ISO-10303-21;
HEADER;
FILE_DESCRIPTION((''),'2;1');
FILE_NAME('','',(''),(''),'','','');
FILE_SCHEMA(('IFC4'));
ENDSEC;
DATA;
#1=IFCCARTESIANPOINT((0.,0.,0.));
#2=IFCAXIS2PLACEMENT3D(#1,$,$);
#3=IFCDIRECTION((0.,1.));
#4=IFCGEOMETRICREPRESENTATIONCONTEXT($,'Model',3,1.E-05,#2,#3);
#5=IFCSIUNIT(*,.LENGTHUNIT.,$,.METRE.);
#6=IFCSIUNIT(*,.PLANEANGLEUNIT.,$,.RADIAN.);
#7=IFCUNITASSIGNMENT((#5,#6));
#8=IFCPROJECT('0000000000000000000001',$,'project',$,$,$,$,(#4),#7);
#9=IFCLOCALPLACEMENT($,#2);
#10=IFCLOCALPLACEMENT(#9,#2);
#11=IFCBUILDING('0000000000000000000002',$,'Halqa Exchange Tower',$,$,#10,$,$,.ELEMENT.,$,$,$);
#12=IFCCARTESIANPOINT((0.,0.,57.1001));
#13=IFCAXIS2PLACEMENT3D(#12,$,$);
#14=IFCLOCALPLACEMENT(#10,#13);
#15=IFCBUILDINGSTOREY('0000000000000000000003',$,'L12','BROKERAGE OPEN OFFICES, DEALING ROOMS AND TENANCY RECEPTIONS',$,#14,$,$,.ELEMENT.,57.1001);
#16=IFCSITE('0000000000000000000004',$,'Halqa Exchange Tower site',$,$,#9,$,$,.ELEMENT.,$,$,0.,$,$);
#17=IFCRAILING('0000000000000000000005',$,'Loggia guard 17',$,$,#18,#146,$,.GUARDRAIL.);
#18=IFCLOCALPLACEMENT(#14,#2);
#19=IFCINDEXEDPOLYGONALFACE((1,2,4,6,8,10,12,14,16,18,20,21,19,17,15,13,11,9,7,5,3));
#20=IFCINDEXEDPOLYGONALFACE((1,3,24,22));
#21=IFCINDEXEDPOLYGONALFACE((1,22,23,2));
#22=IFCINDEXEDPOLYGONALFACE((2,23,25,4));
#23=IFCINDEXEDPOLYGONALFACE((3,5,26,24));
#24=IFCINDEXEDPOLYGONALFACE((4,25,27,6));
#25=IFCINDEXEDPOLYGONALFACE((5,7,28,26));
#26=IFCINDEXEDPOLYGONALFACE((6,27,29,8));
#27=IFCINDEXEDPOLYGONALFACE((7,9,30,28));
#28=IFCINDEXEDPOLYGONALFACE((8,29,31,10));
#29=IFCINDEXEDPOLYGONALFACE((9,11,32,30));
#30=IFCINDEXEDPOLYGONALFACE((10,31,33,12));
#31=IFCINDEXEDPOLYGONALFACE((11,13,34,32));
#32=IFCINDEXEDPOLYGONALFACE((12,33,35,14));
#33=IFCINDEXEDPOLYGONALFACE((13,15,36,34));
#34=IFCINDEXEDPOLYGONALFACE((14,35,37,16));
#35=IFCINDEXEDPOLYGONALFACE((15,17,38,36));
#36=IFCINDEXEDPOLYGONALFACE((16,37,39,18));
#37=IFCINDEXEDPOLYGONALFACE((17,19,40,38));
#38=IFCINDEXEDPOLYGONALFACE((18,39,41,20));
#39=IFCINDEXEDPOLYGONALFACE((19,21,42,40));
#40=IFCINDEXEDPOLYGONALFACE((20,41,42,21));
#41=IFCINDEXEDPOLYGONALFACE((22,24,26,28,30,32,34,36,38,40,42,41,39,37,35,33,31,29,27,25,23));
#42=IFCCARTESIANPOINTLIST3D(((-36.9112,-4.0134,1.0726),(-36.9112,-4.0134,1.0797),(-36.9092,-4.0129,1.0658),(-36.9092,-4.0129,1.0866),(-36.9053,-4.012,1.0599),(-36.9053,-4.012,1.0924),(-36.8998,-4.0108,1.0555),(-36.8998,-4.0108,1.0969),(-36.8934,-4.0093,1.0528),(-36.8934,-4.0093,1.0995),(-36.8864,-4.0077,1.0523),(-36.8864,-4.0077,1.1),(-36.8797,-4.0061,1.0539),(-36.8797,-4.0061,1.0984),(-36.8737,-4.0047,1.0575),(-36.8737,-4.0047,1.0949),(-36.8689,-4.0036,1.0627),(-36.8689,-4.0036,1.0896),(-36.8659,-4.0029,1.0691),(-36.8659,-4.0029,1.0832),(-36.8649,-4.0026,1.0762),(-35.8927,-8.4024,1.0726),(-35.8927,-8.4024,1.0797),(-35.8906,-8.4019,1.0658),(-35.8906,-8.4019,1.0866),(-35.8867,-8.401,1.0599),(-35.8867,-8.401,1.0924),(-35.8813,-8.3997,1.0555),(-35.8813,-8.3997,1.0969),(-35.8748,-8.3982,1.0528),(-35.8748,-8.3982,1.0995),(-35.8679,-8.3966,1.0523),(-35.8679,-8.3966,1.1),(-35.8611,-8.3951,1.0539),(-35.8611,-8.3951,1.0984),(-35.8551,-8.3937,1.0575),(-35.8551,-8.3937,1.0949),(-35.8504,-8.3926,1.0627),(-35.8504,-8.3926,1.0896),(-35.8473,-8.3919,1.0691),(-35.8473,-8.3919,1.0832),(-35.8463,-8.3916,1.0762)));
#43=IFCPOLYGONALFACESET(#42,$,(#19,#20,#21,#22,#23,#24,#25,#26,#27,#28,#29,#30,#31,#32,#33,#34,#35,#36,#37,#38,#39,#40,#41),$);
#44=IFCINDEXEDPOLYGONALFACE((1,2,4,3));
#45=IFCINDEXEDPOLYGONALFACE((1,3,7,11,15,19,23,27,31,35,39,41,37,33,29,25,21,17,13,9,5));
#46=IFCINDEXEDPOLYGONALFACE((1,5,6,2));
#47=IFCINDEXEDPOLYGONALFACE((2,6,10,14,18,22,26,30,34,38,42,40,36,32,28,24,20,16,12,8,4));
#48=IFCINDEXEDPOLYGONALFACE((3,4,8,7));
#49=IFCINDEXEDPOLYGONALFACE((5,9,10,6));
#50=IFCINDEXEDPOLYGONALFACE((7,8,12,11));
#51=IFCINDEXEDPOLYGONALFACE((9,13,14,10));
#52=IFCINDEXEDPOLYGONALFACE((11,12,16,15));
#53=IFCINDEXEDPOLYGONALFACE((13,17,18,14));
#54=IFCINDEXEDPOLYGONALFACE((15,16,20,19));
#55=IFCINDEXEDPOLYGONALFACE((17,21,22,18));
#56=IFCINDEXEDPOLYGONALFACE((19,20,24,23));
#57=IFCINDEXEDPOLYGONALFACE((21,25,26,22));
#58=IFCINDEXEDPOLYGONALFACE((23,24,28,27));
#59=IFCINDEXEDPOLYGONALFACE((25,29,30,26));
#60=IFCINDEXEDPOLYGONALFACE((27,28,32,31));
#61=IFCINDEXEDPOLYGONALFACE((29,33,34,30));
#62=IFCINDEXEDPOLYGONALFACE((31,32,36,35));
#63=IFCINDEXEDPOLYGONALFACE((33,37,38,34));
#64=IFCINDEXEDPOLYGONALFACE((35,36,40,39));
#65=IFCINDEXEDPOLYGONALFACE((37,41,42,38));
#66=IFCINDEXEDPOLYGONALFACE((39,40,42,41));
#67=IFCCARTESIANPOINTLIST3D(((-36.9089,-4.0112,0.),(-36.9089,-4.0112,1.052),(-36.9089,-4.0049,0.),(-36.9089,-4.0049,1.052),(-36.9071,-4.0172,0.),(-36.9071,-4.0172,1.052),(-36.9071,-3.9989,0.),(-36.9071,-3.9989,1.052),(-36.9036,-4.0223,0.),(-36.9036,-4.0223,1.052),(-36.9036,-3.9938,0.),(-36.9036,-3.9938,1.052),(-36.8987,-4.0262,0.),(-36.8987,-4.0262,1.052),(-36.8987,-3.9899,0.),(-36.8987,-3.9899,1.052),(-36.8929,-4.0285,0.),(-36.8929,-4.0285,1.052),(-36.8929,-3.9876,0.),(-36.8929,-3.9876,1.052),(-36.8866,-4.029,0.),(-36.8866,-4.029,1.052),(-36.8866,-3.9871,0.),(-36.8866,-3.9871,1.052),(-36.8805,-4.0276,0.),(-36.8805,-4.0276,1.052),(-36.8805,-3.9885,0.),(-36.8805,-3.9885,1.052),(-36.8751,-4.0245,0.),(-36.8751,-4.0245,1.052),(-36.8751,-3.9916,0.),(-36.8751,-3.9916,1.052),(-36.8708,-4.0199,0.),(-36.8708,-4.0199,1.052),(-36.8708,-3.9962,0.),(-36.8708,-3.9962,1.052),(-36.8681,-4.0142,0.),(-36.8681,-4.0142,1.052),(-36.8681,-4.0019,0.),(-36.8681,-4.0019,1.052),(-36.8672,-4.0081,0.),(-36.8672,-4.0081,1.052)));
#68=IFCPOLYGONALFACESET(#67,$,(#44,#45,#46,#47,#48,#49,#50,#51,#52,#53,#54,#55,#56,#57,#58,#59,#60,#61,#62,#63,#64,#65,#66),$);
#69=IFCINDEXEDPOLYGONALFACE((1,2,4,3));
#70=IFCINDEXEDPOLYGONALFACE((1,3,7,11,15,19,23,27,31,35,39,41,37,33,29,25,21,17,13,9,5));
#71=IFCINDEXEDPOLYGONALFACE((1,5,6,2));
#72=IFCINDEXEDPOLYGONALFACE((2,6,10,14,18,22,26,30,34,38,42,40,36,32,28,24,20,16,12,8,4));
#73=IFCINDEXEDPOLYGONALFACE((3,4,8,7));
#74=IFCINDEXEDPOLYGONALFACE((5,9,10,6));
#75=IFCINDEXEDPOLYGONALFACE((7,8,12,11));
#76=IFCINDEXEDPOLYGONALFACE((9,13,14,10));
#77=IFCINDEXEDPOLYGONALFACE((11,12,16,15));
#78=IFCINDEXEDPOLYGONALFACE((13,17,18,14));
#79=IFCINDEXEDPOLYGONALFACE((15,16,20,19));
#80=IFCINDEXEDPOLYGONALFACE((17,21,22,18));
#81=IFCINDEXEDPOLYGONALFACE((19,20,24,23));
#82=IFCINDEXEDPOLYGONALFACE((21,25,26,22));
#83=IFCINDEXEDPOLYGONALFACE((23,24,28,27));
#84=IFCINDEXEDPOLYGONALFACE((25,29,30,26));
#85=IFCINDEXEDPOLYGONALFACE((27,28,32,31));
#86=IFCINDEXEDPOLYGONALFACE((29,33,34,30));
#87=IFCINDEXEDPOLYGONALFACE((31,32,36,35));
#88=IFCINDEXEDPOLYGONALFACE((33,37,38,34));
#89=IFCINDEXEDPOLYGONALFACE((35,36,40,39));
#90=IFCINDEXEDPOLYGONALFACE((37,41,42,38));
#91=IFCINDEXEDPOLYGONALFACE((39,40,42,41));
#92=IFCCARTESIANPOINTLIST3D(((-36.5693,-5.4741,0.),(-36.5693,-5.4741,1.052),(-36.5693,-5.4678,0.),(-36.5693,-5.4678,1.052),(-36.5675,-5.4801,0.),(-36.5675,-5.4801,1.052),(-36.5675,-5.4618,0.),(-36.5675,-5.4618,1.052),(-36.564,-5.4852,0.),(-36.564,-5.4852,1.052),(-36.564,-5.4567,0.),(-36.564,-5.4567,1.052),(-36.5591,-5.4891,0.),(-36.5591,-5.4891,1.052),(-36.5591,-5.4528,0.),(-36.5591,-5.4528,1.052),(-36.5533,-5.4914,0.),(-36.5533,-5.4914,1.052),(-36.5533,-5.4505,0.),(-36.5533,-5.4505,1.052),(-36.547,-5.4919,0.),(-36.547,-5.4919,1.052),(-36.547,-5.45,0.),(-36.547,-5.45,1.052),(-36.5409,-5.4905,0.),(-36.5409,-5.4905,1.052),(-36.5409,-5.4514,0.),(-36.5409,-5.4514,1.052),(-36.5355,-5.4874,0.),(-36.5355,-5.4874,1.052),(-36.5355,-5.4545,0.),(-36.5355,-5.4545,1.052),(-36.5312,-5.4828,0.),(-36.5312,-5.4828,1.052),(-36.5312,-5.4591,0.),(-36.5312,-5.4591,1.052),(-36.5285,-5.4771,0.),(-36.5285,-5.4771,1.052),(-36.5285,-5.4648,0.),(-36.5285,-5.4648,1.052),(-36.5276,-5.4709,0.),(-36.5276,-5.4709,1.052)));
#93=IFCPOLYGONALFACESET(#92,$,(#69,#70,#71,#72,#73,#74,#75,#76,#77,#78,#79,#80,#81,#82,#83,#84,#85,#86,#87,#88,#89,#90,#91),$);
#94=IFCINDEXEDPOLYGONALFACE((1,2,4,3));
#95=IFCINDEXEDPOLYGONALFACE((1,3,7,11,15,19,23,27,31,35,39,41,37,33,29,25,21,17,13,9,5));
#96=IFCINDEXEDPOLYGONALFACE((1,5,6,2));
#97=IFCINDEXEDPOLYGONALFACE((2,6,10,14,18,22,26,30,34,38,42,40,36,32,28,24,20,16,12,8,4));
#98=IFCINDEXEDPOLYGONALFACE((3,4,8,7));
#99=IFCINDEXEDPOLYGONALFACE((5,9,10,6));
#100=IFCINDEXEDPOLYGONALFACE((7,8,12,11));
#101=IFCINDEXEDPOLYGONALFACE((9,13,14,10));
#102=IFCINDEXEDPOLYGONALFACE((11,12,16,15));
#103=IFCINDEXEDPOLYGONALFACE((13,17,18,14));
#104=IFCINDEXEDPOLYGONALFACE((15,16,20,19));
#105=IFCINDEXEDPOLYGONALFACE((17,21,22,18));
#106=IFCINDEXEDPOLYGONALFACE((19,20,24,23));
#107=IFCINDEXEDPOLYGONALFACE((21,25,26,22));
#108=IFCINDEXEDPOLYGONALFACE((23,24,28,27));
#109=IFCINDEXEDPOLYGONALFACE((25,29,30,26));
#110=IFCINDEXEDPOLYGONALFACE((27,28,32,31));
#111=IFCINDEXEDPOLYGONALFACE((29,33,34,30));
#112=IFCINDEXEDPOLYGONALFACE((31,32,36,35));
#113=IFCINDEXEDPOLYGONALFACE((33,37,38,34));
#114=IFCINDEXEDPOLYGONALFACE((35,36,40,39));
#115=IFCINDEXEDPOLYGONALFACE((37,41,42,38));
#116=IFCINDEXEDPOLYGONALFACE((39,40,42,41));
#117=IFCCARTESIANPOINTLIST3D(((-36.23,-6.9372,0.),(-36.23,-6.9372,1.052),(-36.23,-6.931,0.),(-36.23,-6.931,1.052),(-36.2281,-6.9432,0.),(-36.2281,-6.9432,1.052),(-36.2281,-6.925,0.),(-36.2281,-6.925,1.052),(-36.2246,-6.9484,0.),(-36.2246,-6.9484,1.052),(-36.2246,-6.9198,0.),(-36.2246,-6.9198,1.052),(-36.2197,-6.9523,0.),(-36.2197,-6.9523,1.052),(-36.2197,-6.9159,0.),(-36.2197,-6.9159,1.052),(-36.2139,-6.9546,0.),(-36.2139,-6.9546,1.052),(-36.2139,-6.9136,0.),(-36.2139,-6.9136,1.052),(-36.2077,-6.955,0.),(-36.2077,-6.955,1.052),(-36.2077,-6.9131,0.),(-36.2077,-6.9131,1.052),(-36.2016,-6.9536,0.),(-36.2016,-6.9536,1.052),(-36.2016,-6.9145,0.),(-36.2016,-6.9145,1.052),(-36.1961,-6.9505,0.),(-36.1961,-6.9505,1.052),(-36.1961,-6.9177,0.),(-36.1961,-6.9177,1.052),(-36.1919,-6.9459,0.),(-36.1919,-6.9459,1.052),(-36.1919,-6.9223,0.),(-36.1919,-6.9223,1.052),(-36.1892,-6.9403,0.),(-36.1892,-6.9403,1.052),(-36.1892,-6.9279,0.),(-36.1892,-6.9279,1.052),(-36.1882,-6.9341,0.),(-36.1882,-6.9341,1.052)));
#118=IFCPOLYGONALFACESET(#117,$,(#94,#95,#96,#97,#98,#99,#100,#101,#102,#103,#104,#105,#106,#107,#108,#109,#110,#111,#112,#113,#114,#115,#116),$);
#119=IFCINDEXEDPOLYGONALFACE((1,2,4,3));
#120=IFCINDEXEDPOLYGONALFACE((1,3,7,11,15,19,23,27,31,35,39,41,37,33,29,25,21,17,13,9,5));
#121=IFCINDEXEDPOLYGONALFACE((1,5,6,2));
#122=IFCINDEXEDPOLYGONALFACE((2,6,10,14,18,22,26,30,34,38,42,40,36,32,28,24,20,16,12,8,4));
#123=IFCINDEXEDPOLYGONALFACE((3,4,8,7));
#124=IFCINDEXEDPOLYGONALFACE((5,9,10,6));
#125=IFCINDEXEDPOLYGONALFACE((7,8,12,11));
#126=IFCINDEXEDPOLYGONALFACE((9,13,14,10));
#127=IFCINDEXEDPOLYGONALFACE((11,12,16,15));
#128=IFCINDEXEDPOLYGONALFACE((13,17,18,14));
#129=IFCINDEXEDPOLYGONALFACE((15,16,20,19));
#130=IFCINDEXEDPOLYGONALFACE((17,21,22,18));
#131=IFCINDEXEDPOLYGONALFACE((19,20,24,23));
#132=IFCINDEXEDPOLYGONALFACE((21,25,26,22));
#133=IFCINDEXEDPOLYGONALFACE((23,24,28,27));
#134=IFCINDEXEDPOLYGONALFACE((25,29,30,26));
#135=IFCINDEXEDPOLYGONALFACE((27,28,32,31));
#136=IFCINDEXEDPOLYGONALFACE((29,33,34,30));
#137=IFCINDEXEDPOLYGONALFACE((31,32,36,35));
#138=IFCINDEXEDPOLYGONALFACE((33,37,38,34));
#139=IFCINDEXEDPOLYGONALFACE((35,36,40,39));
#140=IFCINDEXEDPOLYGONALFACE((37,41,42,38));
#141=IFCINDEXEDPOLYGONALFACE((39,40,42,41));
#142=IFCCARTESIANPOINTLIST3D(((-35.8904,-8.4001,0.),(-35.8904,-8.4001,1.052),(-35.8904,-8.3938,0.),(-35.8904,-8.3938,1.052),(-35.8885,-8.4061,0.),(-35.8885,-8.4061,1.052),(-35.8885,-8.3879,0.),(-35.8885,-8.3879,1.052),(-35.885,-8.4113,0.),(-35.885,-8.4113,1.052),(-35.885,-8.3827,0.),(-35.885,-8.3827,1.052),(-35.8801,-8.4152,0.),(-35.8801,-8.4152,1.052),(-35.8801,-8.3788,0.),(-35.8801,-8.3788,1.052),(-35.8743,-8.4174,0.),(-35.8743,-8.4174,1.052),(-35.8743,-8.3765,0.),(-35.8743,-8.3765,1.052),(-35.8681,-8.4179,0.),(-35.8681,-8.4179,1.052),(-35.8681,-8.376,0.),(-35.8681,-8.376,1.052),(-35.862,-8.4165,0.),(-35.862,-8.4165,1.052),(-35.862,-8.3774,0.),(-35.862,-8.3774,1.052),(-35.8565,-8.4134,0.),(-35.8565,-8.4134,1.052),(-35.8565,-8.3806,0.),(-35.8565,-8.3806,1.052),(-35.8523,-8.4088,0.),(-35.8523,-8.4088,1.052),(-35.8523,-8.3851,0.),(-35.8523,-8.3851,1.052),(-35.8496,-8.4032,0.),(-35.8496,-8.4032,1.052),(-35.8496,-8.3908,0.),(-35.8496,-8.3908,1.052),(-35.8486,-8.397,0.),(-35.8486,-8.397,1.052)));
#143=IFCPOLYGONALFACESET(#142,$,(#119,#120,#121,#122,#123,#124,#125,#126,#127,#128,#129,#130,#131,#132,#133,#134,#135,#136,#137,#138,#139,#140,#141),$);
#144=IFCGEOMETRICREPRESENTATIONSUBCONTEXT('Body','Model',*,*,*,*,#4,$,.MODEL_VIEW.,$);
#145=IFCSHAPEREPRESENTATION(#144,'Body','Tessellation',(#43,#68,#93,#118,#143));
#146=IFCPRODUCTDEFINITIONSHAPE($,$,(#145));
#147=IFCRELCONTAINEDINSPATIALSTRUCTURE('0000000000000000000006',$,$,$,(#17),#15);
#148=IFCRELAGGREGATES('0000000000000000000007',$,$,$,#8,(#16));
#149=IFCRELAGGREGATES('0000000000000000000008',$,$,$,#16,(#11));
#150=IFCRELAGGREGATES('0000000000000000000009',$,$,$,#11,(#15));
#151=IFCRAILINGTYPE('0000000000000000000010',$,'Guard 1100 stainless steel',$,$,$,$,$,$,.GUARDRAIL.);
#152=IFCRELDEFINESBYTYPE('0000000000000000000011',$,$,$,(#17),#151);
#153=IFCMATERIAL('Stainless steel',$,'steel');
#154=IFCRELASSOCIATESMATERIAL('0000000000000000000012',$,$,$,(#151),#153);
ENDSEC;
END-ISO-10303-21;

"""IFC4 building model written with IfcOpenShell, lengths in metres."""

from ifc_helpers import new_model, si_unit, direction, frame, origin, origin_2d, place, context, subcontext, project, spatial, circle, extrude, material, type_object, element, save


model = new_model("IFC4")

# Units and contexts
model_context = context("Model", 3, precision=1e-05, world=origin(), true_north=direction((0.0, 1.0)))
body_context = subcontext(model_context, "Body", "Model", "MODEL_VIEW")
ifc_project = project(units=[si_unit("LENGTHUNIT", "METRE"), si_unit("PLANEANGLEUNIT", "RADIAN")], contexts=[model_context])

# Site, building, storey
site_placement = place(None, origin())
site = spatial("IfcSite", under=ifc_project, at=site_placement, Name="Halqa Exchange Tower site", CompositionType="ELEMENT", RefElevation=0.0)
building_placement = place(site_placement, origin())
building = spatial("IfcBuilding", under=site, at=building_placement, Name="Halqa Exchange Tower", CompositionType="ELEMENT")
storey_placement = place(building_placement, frame((0.0, 0.0, 57.1001)))
storey = spatial("IfcBuildingStorey", under=building, at=storey_placement, Name="L12", Description="BROKERAGE OPEN OFFICES, DEALING ROOMS AND TENANCY RECEPTIONS", CompositionType="ELEMENT", Elevation=57.1001)

# Railing
ifc_material_1 = material(Name="Stainless steel", Category="steel")
railing_type = type_object("IfcRailingType", Name="Guard 1100 stainless steel", PredefinedType="GUARDRAIL", material=ifc_material_1)
railing_1_placement = place(storey_placement, frame((-36.8882, -4.0081, 0.0)))
element("IfcRailing", 1, at=railing_1_placement, inside=storey, type_object=railing_type, Name="Loggia guard 17", PredefinedType="GUARDRAIL", context=body_context, shape_type="SweptSolid", body=[
    extrude(circle(Radius=0.0239, at=origin_2d()), frame((0.0, 0.0, 1.0762), z_axis=(0.226066, -0.974112, 0.0), x_axis=(0.974112, 0.226066, 0.0)), (0.0, 0.0, 1.0), 4.5056),
    extrude(circle(Radius=0.021, at=origin_2d()), origin(), (0.0, 0.0, 1.0), 1.052),
    extrude(circle(Radius=0.021, at=origin_2d()), frame((0.3396, -1.4629, 0.0)), (0.0, 0.0, 1.0), 1.052),
    extrude(circle(Radius=0.021, at=origin_2d()), frame((0.679, -2.926, 0.0)), (0.0, 0.0, 1.0), 1.052),
    extrude(circle(Radius=0.021, at=origin_2d()), frame((1.0186, -4.3889, 0.0)), (0.0, 0.0, 1.0), 1.052),
])

save(model, "model.ifc")
